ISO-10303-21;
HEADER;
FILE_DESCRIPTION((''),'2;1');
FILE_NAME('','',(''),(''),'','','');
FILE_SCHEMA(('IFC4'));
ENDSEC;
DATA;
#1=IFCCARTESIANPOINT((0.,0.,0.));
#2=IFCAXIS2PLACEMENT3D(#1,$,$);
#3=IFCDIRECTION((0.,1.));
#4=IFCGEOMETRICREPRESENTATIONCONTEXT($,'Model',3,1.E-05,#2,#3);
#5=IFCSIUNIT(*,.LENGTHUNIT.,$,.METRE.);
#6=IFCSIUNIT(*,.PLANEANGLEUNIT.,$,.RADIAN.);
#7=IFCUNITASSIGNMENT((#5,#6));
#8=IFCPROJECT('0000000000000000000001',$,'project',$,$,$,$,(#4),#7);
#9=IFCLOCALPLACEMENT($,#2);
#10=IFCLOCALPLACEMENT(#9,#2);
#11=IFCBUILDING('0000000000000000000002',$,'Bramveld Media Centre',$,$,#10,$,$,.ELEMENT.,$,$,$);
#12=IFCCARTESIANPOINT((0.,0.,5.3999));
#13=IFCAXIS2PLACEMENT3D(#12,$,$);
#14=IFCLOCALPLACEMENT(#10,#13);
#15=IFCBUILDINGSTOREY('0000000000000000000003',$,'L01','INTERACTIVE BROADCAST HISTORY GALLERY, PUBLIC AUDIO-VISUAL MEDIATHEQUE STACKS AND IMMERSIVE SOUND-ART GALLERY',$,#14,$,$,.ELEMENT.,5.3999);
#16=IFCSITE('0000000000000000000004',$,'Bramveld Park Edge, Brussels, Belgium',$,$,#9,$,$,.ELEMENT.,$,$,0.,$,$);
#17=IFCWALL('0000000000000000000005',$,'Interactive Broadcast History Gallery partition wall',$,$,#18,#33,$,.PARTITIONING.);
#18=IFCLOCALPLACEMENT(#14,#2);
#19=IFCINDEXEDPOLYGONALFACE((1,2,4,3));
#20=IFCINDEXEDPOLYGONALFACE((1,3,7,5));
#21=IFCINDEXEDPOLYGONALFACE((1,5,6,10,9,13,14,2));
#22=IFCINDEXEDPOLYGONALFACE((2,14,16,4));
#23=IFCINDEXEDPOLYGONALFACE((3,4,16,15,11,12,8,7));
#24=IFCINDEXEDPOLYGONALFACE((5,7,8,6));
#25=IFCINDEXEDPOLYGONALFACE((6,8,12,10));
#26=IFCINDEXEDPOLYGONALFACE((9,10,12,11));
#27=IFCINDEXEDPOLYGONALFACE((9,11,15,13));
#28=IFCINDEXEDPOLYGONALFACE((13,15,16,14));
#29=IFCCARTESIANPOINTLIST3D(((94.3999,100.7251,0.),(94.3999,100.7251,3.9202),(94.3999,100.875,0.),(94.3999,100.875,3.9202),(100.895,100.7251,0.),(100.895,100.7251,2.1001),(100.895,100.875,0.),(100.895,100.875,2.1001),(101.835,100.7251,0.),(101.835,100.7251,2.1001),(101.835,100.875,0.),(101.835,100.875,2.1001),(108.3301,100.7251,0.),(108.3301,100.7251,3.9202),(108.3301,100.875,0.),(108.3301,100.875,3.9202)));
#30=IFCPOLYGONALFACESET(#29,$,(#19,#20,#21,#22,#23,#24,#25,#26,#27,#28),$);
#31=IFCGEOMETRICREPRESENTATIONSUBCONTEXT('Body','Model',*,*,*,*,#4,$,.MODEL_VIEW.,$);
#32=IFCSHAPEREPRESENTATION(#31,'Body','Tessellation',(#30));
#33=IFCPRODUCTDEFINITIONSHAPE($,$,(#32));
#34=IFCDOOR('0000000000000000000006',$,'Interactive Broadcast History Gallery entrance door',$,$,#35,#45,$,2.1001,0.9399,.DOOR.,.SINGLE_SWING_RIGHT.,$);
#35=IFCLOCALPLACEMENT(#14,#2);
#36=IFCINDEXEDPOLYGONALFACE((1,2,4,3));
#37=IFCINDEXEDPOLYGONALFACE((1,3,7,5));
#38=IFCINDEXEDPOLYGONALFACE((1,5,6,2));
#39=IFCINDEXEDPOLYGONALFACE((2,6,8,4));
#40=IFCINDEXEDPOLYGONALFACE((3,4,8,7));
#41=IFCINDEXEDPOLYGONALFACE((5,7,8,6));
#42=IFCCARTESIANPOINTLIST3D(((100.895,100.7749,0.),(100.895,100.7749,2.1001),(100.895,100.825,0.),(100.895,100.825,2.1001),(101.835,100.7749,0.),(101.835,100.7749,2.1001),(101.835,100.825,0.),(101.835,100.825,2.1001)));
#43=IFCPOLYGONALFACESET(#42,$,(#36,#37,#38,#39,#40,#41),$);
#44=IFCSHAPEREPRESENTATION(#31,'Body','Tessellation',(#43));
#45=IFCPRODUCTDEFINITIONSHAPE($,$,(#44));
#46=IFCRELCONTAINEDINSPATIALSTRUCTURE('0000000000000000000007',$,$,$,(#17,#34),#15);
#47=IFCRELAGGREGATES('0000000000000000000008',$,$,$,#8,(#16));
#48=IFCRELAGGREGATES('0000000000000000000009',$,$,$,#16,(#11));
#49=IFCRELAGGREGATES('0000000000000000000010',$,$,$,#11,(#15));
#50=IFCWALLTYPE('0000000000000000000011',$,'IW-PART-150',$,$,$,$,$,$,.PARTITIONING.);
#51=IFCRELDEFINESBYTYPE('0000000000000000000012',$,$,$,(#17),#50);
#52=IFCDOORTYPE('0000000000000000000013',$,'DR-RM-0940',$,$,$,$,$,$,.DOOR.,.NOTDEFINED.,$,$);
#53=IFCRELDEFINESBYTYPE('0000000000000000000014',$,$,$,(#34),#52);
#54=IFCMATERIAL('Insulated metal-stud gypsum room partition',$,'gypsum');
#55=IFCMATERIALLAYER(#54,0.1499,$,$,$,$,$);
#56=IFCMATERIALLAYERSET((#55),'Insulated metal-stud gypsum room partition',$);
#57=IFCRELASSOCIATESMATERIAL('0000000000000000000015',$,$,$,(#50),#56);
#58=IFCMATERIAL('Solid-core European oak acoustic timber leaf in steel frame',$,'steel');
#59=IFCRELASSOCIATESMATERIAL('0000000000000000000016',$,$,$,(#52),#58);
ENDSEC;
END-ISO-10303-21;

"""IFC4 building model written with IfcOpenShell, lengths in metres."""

from ifc_helpers import new_model, si_unit, direction, frame, frame_2d, origin, place, context, subcontext, project, spatial, rectangle, extrude, material, layer, layer_set, type_object, element, fill, save


model = new_model("IFC4")

# Units and contexts
model_context = context("Model", 3, precision=1e-05, world=origin(), true_north=direction((0.0, 1.0)))
body_context = subcontext(model_context, "Body", "Model", "MODEL_VIEW")
ifc_project = project(units=[si_unit("LENGTHUNIT", "METRE"), si_unit("PLANEANGLEUNIT", "RADIAN")], contexts=[model_context])

# Site, building, storey
site_placement = place(None, origin())
site = spatial("IfcSite", under=ifc_project, at=site_placement, Name="Bramveld Park Edge, Brussels, Belgium", CompositionType="ELEMENT", RefElevation=0.0)
building_placement = place(site_placement, origin())
building = spatial("IfcBuilding", under=site, at=building_placement, Name="Bramveld Media Centre", CompositionType="ELEMENT")
storey_placement = place(building_placement, frame((0.0, 0.0, 5.3999)))
storey = spatial("IfcBuildingStorey", under=building, at=storey_placement, Name="L01", Description="INTERACTIVE BROADCAST HISTORY GALLERY, PUBLIC AUDIO-VISUAL MEDIATHEQUE STACKS AND IMMERSIVE SOUND-ART GALLERY", CompositionType="ELEMENT", Elevation=5.3999)

# Shared definitions
ifc_material_1 = material(Name="Insulated metal-stud gypsum room partition", Category="gypsum")
ifc_layer_1 = layer(ifc_material_1, 0.1499)
ifc_layer_set_1 = layer_set([ifc_layer_1], Name="Insulated metal-stud gypsum room partition")
wall_type = type_object("IfcWallType", Name="IW-PART-150", PredefinedType="PARTITIONING", material=ifc_layer_set_1)

# Wall, opening, door
wall_1_placement = place(storey_placement, frame((94.3999, 100.8, 0.0), z_axis=(0.0, 0.0, 1.0), x_axis=(1.0, 0.0, 0.0)))
wall_1 = element("IfcWall", 1, at=wall_1_placement, inside=storey, type_object=wall_type, Name="Interactive Broadcast History Gallery partition wall", PredefinedType="PARTITIONING", context=body_context, shape_type="SweptSolid", body=[
    extrude(rectangle(XDim=13.9302, YDim=0.1499, at=frame_2d((6.9651, 0.0))), origin(), (0.0, 0.0, 1.0), 3.9202),
])
opening_placement = place(wall_1_placement, frame((6.4951, 0.0, 0.0)))
opening = element("IfcOpeningElement", 2, at=opening_placement, cuts=wall_1, PredefinedType="OPENING", context=body_context, shape_type="SweptSolid", body=[
    extrude(rectangle(XDim=0.9399, YDim=2.1001, at=frame_2d((0.47, 1.05))), frame((0.0, 0.0869, 0.0), z_axis=(0.0, -1.0, 0.0), x_axis=(1.0, 0.0, 0.0)), (0.0, 0.0, 1.0), 0.1738),
])
ifc_material_2 = material(Name="Solid-core European oak acoustic timber leaf in steel frame", Category="steel")
door_type = type_object("IfcDoorType", Name="DR-RM-0940", OperationType="NOTDEFINED", PredefinedType="DOOR", material=ifc_material_2)
door_placement = place(opening_placement, origin())
door = element("IfcDoor", 3, at=door_placement, inside=storey, type_object=door_type, Name="Interactive Broadcast History Gallery entrance door", OperationType="SINGLE_SWING_RIGHT", OverallHeight=2.1001, OverallWidth=0.9399, PredefinedType="DOOR", context=body_context, shape_type="SweptSolid", body=[
    extrude(rectangle(XDim=0.9399, YDim=2.1001, at=frame_2d((0.47, 1.05))), frame((0.0, 0.0249, 0.0), z_axis=(0.0, -1.0, 0.0), x_axis=(1.0, 0.0, 0.0)), (0.0, 0.0, 1.0), 0.05),
])
fill(opening, door)

save(model, "model.ifc")
